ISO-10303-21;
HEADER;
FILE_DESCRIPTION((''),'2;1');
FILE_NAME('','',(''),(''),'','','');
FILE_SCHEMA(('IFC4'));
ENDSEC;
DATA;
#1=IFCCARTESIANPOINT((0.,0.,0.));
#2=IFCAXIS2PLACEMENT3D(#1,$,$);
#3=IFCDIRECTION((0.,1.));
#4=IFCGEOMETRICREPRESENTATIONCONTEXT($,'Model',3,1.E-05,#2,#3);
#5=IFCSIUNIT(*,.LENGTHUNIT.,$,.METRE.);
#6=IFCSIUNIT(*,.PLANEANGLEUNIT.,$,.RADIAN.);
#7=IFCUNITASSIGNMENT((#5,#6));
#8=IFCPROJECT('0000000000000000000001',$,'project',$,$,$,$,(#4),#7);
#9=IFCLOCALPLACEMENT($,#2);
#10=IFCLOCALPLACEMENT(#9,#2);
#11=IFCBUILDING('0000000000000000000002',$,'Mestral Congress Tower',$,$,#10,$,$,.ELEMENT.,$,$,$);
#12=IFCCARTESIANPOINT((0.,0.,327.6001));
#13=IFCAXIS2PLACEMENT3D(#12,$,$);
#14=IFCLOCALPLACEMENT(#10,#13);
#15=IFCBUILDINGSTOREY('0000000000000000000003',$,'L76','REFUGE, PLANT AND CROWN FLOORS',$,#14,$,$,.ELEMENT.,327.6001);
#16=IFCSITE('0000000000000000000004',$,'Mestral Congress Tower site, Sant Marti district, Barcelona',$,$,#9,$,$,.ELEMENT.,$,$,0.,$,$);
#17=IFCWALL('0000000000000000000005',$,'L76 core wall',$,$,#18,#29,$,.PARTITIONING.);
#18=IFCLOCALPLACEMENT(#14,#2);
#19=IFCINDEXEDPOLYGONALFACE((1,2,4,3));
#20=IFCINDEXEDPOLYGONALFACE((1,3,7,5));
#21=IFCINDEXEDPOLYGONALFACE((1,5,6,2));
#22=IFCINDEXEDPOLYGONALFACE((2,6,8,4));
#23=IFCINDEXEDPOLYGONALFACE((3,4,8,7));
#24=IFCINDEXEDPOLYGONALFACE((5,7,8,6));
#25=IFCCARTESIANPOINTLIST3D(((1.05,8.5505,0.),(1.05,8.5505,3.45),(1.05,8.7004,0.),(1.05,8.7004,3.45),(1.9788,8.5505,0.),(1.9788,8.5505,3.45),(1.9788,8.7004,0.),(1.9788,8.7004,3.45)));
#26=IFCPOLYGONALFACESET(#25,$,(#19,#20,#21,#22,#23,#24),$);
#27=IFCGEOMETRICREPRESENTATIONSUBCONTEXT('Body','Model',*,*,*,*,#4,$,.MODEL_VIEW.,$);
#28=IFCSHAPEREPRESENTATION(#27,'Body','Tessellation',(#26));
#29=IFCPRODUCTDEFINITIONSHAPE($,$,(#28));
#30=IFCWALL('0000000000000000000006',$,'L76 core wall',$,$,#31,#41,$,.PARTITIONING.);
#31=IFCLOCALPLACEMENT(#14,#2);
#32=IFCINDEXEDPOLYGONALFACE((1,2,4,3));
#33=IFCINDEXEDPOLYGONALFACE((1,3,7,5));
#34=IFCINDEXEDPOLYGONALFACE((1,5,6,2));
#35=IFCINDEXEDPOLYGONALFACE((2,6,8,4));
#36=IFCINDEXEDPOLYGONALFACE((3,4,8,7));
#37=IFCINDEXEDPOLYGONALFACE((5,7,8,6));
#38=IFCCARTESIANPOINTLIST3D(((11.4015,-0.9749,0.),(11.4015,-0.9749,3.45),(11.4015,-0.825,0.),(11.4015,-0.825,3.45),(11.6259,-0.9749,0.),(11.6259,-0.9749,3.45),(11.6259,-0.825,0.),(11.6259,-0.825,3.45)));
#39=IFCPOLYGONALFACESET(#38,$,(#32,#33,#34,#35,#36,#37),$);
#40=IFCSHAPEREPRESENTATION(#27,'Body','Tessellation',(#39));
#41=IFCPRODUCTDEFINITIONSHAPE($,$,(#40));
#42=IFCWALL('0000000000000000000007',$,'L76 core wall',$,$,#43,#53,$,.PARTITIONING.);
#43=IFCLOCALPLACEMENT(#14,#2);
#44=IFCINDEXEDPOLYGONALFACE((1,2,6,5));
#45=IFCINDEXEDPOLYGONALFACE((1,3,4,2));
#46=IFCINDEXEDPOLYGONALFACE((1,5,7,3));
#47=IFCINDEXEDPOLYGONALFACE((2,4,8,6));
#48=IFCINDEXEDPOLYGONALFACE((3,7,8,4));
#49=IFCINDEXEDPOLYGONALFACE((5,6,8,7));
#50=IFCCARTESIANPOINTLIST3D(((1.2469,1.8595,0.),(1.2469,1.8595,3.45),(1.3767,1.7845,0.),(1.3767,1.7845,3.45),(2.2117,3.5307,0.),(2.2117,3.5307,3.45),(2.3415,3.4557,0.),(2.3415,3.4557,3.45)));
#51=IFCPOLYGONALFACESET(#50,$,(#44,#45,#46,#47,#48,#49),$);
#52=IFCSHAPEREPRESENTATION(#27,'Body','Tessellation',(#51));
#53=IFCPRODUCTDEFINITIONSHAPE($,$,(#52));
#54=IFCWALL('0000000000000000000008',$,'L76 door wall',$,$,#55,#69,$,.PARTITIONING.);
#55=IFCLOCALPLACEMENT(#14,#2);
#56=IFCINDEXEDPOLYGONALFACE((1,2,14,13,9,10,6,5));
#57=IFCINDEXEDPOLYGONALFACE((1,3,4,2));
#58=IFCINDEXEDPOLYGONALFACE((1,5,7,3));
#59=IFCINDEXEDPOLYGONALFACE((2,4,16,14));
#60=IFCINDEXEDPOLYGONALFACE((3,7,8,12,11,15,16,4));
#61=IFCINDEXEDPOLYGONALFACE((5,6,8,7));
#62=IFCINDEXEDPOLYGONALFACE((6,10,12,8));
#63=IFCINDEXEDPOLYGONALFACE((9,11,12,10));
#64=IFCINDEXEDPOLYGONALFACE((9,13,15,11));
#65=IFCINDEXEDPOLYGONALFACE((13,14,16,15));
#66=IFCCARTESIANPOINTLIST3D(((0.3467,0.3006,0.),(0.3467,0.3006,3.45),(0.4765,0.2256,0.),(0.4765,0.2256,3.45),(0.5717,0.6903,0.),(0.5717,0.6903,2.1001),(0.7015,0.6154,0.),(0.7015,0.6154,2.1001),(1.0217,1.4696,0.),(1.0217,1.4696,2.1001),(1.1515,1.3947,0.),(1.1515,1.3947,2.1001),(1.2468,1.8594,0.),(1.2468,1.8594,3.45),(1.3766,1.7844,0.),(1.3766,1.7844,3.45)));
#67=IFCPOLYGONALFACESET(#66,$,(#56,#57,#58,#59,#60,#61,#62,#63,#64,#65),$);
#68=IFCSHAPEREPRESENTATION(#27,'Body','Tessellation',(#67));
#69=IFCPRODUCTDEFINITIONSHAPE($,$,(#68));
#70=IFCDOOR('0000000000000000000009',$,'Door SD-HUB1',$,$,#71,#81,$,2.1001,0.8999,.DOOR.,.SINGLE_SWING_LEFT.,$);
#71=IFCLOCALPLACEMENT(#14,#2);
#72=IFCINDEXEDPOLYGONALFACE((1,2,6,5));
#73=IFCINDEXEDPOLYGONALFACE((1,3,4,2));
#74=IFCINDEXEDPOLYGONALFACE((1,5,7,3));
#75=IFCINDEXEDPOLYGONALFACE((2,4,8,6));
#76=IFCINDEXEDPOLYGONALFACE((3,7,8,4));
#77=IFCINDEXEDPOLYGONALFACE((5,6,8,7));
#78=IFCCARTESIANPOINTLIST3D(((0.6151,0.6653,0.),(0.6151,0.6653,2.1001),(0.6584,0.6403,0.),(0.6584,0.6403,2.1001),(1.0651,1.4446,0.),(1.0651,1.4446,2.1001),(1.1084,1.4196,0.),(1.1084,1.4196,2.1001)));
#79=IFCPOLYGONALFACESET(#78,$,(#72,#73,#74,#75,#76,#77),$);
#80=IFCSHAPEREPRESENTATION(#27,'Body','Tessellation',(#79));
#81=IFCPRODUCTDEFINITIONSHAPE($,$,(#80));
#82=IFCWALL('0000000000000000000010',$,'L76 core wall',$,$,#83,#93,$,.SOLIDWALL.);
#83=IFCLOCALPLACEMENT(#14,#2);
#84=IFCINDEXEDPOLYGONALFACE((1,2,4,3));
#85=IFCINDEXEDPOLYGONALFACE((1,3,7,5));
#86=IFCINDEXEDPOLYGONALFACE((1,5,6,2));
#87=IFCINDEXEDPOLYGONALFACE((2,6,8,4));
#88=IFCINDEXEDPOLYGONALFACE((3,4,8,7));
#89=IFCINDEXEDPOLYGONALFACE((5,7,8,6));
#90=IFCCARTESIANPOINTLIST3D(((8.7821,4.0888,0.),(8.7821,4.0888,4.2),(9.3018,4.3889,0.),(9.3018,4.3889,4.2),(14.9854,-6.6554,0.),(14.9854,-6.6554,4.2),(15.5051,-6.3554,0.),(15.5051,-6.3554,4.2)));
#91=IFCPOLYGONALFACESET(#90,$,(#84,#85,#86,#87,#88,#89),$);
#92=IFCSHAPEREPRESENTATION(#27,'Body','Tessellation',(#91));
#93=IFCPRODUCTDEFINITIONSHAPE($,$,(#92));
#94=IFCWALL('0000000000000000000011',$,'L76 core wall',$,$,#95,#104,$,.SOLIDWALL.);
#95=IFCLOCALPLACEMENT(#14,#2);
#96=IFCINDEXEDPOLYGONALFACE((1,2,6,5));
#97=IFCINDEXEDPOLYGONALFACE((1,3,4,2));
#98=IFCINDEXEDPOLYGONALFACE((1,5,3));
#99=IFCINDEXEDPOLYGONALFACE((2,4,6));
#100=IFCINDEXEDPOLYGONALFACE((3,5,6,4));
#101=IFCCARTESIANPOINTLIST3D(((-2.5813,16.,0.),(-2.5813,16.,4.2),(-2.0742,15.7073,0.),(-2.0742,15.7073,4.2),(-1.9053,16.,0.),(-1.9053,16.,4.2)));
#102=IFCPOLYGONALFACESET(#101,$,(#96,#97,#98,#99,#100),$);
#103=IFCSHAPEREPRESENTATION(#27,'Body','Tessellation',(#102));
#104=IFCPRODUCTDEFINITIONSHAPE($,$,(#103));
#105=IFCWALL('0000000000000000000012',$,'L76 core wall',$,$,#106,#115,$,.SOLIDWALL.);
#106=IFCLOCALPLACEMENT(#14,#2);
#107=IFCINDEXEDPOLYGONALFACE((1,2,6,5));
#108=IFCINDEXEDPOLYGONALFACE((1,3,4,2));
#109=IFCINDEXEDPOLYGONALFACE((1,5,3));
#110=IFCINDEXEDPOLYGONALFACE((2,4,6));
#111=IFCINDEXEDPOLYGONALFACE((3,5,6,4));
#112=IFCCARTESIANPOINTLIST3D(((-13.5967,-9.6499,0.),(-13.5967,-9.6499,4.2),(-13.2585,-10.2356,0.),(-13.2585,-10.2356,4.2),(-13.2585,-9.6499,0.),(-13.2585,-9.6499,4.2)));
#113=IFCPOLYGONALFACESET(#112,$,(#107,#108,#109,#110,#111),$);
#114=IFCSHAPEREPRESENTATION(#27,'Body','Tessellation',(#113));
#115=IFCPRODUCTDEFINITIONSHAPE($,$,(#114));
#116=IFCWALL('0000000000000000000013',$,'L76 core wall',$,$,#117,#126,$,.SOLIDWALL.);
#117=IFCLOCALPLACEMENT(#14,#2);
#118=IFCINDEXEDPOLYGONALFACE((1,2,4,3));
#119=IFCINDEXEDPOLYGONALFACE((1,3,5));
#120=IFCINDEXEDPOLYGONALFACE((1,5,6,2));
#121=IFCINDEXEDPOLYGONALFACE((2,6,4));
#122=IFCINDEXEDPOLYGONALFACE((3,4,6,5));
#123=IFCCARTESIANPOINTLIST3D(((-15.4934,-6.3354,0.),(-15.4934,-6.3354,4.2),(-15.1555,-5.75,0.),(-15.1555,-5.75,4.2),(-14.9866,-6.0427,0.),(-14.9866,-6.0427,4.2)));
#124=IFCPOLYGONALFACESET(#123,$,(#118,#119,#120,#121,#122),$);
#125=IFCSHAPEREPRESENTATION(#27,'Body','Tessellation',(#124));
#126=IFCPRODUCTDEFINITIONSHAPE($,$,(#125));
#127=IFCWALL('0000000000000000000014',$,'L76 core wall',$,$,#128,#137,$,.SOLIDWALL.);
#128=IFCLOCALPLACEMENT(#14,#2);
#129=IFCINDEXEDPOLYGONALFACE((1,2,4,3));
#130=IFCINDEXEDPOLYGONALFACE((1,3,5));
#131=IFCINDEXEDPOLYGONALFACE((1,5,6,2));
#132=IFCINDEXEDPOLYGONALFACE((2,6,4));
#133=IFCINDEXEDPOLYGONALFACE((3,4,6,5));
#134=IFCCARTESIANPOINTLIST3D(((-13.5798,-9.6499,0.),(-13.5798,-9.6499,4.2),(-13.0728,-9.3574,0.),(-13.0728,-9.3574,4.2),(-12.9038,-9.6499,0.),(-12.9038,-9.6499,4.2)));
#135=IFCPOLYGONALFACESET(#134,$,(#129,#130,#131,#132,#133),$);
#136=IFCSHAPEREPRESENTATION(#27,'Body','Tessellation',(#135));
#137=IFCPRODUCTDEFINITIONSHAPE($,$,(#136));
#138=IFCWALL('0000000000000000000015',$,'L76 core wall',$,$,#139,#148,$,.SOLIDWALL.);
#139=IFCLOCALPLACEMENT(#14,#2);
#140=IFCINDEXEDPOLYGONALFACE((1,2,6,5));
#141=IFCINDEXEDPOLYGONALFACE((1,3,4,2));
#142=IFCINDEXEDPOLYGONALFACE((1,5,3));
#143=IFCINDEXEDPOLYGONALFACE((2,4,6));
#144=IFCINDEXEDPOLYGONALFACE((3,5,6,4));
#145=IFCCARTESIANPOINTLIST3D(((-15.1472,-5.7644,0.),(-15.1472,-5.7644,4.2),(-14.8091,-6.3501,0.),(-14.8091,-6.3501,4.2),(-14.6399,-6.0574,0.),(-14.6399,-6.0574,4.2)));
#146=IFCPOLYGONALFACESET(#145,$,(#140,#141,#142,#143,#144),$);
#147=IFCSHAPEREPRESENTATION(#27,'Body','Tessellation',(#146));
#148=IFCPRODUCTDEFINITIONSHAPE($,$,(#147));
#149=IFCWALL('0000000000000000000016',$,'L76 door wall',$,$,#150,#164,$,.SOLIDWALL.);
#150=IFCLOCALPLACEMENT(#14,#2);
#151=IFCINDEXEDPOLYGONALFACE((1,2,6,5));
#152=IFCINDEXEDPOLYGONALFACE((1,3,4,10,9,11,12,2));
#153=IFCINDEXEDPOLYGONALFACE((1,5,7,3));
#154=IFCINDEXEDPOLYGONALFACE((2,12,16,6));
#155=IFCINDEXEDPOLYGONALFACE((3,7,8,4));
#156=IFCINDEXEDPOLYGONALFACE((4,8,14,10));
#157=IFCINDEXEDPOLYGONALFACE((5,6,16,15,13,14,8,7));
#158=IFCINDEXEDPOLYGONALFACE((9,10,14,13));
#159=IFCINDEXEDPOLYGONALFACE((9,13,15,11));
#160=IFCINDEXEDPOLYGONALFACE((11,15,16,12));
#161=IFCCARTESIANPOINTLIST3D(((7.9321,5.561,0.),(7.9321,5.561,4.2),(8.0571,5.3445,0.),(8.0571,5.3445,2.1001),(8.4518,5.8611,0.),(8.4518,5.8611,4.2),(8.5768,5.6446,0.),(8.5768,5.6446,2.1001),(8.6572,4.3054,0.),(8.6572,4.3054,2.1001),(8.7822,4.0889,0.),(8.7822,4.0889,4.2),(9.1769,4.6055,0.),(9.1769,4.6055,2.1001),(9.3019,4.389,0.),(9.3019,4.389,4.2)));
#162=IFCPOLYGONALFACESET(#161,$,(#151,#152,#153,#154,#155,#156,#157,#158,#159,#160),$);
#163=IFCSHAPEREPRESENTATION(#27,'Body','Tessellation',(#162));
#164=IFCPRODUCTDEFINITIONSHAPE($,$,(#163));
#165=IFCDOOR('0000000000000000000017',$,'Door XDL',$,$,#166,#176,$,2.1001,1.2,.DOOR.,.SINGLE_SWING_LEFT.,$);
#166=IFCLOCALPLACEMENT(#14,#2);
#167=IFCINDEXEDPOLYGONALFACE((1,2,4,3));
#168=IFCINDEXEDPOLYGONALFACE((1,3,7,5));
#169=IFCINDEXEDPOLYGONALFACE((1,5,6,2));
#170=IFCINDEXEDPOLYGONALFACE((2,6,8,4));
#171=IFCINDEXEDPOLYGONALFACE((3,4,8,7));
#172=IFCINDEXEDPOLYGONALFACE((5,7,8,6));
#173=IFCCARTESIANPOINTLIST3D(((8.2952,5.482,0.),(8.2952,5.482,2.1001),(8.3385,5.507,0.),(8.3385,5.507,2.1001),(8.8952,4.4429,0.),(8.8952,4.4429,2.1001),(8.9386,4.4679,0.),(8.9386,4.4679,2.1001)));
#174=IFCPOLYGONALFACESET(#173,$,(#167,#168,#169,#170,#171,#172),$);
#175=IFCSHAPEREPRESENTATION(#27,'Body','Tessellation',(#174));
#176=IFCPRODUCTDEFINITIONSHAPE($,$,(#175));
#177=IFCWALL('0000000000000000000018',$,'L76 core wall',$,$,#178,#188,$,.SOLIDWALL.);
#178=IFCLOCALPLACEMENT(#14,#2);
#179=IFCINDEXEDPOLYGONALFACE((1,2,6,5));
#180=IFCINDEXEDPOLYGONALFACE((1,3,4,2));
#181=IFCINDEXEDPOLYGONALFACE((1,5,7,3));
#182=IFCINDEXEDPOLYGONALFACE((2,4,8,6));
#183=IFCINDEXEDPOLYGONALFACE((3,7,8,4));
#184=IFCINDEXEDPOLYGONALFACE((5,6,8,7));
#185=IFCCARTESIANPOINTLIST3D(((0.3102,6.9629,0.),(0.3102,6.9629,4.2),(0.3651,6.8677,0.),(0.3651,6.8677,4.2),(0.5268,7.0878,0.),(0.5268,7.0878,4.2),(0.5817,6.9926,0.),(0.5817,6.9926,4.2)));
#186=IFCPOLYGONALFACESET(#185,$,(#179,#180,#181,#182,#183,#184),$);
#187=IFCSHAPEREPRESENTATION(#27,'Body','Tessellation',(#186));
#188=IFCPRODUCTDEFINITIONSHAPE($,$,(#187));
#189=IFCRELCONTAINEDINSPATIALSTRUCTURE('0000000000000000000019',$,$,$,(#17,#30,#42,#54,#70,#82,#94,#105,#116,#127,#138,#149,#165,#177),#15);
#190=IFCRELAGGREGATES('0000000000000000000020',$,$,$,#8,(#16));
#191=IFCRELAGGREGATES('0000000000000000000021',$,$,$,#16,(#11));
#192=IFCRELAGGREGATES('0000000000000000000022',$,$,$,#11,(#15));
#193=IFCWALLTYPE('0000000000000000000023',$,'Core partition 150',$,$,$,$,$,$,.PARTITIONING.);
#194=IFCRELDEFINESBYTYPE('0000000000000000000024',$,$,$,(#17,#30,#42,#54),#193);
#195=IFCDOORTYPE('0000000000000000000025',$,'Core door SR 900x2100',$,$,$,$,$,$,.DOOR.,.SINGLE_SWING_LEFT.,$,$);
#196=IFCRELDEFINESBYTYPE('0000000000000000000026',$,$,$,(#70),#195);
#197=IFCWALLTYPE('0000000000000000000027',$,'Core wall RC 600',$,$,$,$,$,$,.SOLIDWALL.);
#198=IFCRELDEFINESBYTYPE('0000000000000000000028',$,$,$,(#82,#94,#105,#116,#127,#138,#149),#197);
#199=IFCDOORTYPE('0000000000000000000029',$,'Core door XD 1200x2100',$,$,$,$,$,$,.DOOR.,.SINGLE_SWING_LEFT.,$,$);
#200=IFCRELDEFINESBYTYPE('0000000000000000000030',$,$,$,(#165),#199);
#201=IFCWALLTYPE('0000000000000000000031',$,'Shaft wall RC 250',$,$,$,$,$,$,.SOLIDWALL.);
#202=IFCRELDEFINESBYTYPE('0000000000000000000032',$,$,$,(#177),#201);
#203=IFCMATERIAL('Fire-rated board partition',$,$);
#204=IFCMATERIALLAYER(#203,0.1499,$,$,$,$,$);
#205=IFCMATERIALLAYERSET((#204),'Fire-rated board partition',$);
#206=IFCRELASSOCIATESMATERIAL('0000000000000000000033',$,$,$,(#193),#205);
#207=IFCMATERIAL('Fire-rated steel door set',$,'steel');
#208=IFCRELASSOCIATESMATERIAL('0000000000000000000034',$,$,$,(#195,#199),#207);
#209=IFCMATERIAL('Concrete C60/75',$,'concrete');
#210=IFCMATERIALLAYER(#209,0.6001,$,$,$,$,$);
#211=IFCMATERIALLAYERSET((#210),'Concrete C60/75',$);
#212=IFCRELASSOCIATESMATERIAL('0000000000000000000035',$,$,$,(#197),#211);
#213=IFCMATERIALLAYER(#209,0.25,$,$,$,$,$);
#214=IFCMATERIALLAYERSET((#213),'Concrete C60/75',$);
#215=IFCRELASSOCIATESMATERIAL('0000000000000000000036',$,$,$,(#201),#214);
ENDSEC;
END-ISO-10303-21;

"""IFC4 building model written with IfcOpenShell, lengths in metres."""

from ifc_helpers import new_model, si_unit, direction, frame, frame_2d, origin, place, context, subcontext, project, spatial, polyline, rectangle, outline, extrude, material, layer, layer_set, type_object, element, fill, save


model = new_model("IFC4")

# Units and contexts
model_context = context("Model", 3, precision=1e-05, world=origin(), true_north=direction((0.0, 1.0)))
body_context = subcontext(model_context, "Body", "Model", "MODEL_VIEW")
ifc_project = project(units=[si_unit("LENGTHUNIT", "METRE"), si_unit("PLANEANGLEUNIT", "RADIAN")], contexts=[model_context])

# Site, building, storey
site_placement = place(None, origin())
site = spatial("IfcSite", under=ifc_project, at=site_placement, Name="Mestral Congress Tower site, Sant Marti district, Barcelona", CompositionType="ELEMENT", RefElevation=0.0)
building_placement = place(site_placement, origin())
building = spatial("IfcBuilding", under=site, at=building_placement, Name="Mestral Congress Tower", CompositionType="ELEMENT")
storey_placement = place(building_placement, frame((0.0, 0.0, 327.6001)))
storey = spatial("IfcBuildingStorey", under=building, at=storey_placement, Name="L76", Description="REFUGE, PLANT AND CROWN FLOORS", CompositionType="ELEMENT", Elevation=327.6001)

# Walls
ifc_material_1 = material(Name="Fire-rated board partition")
ifc_layer_1 = layer(ifc_material_1, 0.1499)
ifc_layer_set_1 = layer_set([ifc_layer_1], Name="Fire-rated board partition")
wall_type_1 = type_object("IfcWallType", Name="Core partition 150", PredefinedType="PARTITIONING", material=ifc_layer_set_1)
wall_1_placement = place(storey_placement, frame((1.05, 8.6255, 0.0), z_axis=(0.0, 0.0, 1.0), x_axis=(1.0, 0.0, 0.0)))
element("IfcWall", 1, at=wall_1_placement, inside=storey, type_object=wall_type_1, Name="L76 core wall", PredefinedType="PARTITIONING", context=body_context, shape_type="SweptSolid", body=[
    extrude(rectangle(XDim=0.9287, YDim=0.1499, at=frame_2d((0.4644, 0.0))), origin(), (0.0, 0.0, 1.0), 3.45),
])
wall_2_placement = place(storey_placement, frame((11.4014, -0.8999, 0.0), z_axis=(0.0, 0.0, 1.0), x_axis=(1.0, 0.0, 0.0)))
element("IfcWall", 2, at=wall_2_placement, inside=storey, type_object=wall_type_1, Name="L76 core wall", PredefinedType="PARTITIONING", context=body_context, shape_type="SweptSolid", body=[
    extrude(rectangle(XDim=0.2244, YDim=0.1499, at=frame_2d((0.1123, 0.0))), origin(), (0.0, 0.0, 1.0), 3.45),
])
wall_3_placement = place(storey_placement, frame((1.3118, 1.822, 0.0), z_axis=(0.0, 0.0, 1.0), x_axis=(0.500004, 0.866023, 0.0)))
element("IfcWall", 3, at=wall_3_placement, inside=storey, type_object=wall_type_1, Name="L76 core wall", PredefinedType="PARTITIONING", context=body_context, shape_type="SweptSolid", body=[
    extrude(rectangle(XDim=1.9297, YDim=0.1499, at=frame_2d((0.9648, 0.0))), origin(), (0.0, 0.0, 1.0), 3.45),
])

# Wall, opening, door
wall_4_placement = place(storey_placement, frame((0.4116, 0.2632, 0.0), z_axis=(0.0, 0.0, 1.0), x_axis=(0.500063, 0.865989, 0.0)))
wall_4 = element("IfcWall", 4, at=wall_4_placement, inside=storey, type_object=wall_type_1, Name="L76 door wall", PredefinedType="PARTITIONING", context=body_context, shape_type="SweptSolid", body=[
    extrude(rectangle(XDim=1.8, YDim=0.1499, at=frame_2d((0.8999, 0.0))), origin(), (0.0, 0.0, 1.0), 3.45),
])
opening_1_placement = place(wall_4_placement, frame((0.45, 0.0, 0.0)))
opening_1 = element("IfcOpeningElement", 5, at=opening_1_placement, cuts=wall_4, PredefinedType="OPENING", context=body_context, shape_type="SweptSolid", body=[
    extrude(rectangle(XDim=0.8999, YDim=2.1001, at=frame_2d((0.45, 1.05))), frame((0.0, 0.085, 0.0), z_axis=(0.0, -1.0, 0.0), x_axis=(1.0, 0.0, 0.0)), (0.0, 0.0, 1.0), 0.1699),
])
ifc_material_2 = material(Name="Fire-rated steel door set", Category="steel")
door_type_1 = type_object("IfcDoorType", Name="Core door SR 900x2100", OperationType="SINGLE_SWING_LEFT", PredefinedType="DOOR", material=ifc_material_2)
door_1_placement = place(opening_1_placement, origin())
door_1 = element("IfcDoor", 6, at=door_1_placement, inside=storey, type_object=door_type_1, Name="Door SD-HUB1", OperationType="SINGLE_SWING_LEFT", OverallHeight=2.1001, OverallWidth=0.8999, PredefinedType="DOOR", context=body_context, shape_type="SweptSolid", body=[
    extrude(rectangle(XDim=0.8999, YDim=2.1001, at=frame_2d((0.45, 1.05))), frame((0.0, 0.0249, 0.0), z_axis=(0.0, -1.0, 0.0), x_axis=(1.0, 0.0, 0.0)), (0.0, 0.0, 1.0), 0.05),
])
fill(opening_1, door_1)

# Walls
ifc_material_3 = material(Name="Concrete C60/75", Category="concrete")
ifc_layer_2 = layer(ifc_material_3, 0.6001)
ifc_layer_set_2 = layer_set([ifc_layer_2], Name="Concrete C60/75")
wall_type_2 = type_object("IfcWallType", Name="Core wall RC 600", PredefinedType="SOLIDWALL", material=ifc_layer_set_2)
wall_5_placement = place(storey_placement, frame((9.042, 4.2388, 0.0), z_axis=(0.0, 0.0, 1.0), x_axis=(0.500006, -0.866022, 0.0)))
element("IfcWall", 7, at=wall_5_placement, inside=storey, type_object=wall_type_2, Name="L76 core wall", PredefinedType="SOLIDWALL", context=body_context, shape_type="SweptSolid", body=[
    extrude(rectangle(XDim=12.4065, YDim=0.6001, at=frame_2d((6.2031, 0.0))), origin(), (0.0, 0.0, 1.0), 4.2),
])
placement = place(storey_placement, origin())
element("IfcWall", 8, at=placement, inside=storey, type_object=wall_type_2, Name="L76 core wall", PredefinedType="SOLIDWALL", context=body_context, shape_type="SweptSolid", body=[
    extrude(outline(polyline([(-1.9053, 16.0), (-2.0742, 15.7073), (-2.5813, 16.0), (-1.9053, 16.0)])), origin(), (0.0, 0.0, 1.0), 4.2),
])
element("IfcWall", 9, at=placement, inside=storey, type_object=wall_type_2, Name="L76 core wall", PredefinedType="SOLIDWALL", context=body_context, shape_type="SweptSolid", body=[
    extrude(outline(polyline([(-13.5967, -9.6499), (-13.2585, -9.6499), (-13.2585, -10.2356), (-13.5967, -9.6499)])), origin(), (0.0, 0.0, 1.0), 4.2),
])
element("IfcWall", 10, at=placement, inside=storey, type_object=wall_type_2, Name="L76 core wall", PredefinedType="SOLIDWALL", context=body_context, shape_type="SweptSolid", body=[
    extrude(outline(polyline([(-14.9866, -6.0427), (-15.4934, -6.3354), (-15.1555, -5.75), (-14.9866, -6.0427)])), origin(), (0.0, 0.0, 1.0), 4.2),
])
element("IfcWall", 11, at=placement, inside=storey, type_object=wall_type_2, Name="L76 core wall", PredefinedType="SOLIDWALL", context=body_context, shape_type="SweptSolid", body=[
    extrude(outline(polyline([(-12.9038, -9.6499), (-13.5798, -9.6499), (-13.0728, -9.3574), (-12.9038, -9.6499)])), origin(), (0.0, 0.0, 1.0), 4.2),
])
element("IfcWall", 12, at=placement, inside=storey, type_object=wall_type_2, Name="L76 core wall", PredefinedType="SOLIDWALL", context=body_context, shape_type="SweptSolid", body=[
    extrude(outline(polyline([(-14.8091, -6.3501), (-15.1472, -5.7644), (-14.6399, -6.0574), (-14.8091, -6.3501)])), origin(), (0.0, 0.0, 1.0), 4.2),
])

# Wall, opening, door
wall_6_placement = place(storey_placement, frame((8.1919, 5.7112, 0.0), z_axis=(0.0, 0.0, 1.0), x_axis=(0.500062, -0.865989, 0.0)))
wall_6 = element("IfcWall", 13, at=wall_6_placement, inside=storey, type_object=wall_type_2, Name="L76 door wall", PredefinedType="SOLIDWALL", context=body_context, shape_type="SweptSolid", body=[
    extrude(rectangle(XDim=1.7, YDim=0.6001, at=frame_2d((0.8501, 0.0))), origin(), (0.0, 0.0, 1.0), 4.2),
])
opening_2_placement = place(wall_6_placement, frame((0.25, 0.0, 0.0)))
opening_2 = element("IfcOpeningElement", 14, at=opening_2_placement, cuts=wall_6, PredefinedType="OPENING", context=body_context, shape_type="SweptSolid", body=[
    extrude(rectangle(XDim=1.2, YDim=2.1001, at=frame_2d((0.6001, 1.05))), frame((0.0, 0.3101, 0.0), z_axis=(0.0, -1.0, 0.0), x_axis=(1.0, 0.0, 0.0)), (0.0, 0.0, 1.0), 0.6201),
])
door_type_2 = type_object("IfcDoorType", Name="Core door XD 1200x2100", OperationType="SINGLE_SWING_LEFT", PredefinedType="DOOR", material=ifc_material_2)
door_2_placement = place(opening_2_placement, origin())
door_2 = element("IfcDoor", 15, at=door_2_placement, inside=storey, type_object=door_type_2, Name="Door XDL", OperationType="SINGLE_SWING_LEFT", OverallHeight=2.1001, OverallWidth=1.2, PredefinedType="DOOR", context=body_context, shape_type="SweptSolid", body=[
    extrude(rectangle(XDim=1.2, YDim=2.1001, at=frame_2d((0.6001, 1.05))), frame((0.0, 0.0249, 0.0), z_axis=(0.0, -1.0, 0.0), x_axis=(1.0, 0.0, 0.0)), (0.0, 0.0, 1.0), 0.05),
])
fill(opening_2, door_2)

# Wall
ifc_layer_3 = layer(ifc_material_3, 0.25)
ifc_layer_set_3 = layer_set([ifc_layer_3], Name="Concrete C60/75")
wall_type_3 = type_object("IfcWallType", Name="Shaft wall RC 250", PredefinedType="SOLIDWALL", material=ifc_layer_set_3)
wall_7_placement = place(storey_placement, frame((0.4734, 6.9302, 0.0), z_axis=(0.0, 0.0, 1.0), x_axis=(-0.499722, 0.866186, 0.0)))
element("IfcWall", 16, at=wall_7_placement, inside=storey, type_object=wall_type_3, Name="L76 core wall", PredefinedType="SOLIDWALL", context=body_context, shape_type="SweptSolid", body=[
    extrude(rectangle(XDim=0.1099, YDim=0.25, at=frame_2d((0.0549, 0.0))), origin(), (0.0, 0.0, 1.0), 4.2),
])

save(model, "model.ifc")
